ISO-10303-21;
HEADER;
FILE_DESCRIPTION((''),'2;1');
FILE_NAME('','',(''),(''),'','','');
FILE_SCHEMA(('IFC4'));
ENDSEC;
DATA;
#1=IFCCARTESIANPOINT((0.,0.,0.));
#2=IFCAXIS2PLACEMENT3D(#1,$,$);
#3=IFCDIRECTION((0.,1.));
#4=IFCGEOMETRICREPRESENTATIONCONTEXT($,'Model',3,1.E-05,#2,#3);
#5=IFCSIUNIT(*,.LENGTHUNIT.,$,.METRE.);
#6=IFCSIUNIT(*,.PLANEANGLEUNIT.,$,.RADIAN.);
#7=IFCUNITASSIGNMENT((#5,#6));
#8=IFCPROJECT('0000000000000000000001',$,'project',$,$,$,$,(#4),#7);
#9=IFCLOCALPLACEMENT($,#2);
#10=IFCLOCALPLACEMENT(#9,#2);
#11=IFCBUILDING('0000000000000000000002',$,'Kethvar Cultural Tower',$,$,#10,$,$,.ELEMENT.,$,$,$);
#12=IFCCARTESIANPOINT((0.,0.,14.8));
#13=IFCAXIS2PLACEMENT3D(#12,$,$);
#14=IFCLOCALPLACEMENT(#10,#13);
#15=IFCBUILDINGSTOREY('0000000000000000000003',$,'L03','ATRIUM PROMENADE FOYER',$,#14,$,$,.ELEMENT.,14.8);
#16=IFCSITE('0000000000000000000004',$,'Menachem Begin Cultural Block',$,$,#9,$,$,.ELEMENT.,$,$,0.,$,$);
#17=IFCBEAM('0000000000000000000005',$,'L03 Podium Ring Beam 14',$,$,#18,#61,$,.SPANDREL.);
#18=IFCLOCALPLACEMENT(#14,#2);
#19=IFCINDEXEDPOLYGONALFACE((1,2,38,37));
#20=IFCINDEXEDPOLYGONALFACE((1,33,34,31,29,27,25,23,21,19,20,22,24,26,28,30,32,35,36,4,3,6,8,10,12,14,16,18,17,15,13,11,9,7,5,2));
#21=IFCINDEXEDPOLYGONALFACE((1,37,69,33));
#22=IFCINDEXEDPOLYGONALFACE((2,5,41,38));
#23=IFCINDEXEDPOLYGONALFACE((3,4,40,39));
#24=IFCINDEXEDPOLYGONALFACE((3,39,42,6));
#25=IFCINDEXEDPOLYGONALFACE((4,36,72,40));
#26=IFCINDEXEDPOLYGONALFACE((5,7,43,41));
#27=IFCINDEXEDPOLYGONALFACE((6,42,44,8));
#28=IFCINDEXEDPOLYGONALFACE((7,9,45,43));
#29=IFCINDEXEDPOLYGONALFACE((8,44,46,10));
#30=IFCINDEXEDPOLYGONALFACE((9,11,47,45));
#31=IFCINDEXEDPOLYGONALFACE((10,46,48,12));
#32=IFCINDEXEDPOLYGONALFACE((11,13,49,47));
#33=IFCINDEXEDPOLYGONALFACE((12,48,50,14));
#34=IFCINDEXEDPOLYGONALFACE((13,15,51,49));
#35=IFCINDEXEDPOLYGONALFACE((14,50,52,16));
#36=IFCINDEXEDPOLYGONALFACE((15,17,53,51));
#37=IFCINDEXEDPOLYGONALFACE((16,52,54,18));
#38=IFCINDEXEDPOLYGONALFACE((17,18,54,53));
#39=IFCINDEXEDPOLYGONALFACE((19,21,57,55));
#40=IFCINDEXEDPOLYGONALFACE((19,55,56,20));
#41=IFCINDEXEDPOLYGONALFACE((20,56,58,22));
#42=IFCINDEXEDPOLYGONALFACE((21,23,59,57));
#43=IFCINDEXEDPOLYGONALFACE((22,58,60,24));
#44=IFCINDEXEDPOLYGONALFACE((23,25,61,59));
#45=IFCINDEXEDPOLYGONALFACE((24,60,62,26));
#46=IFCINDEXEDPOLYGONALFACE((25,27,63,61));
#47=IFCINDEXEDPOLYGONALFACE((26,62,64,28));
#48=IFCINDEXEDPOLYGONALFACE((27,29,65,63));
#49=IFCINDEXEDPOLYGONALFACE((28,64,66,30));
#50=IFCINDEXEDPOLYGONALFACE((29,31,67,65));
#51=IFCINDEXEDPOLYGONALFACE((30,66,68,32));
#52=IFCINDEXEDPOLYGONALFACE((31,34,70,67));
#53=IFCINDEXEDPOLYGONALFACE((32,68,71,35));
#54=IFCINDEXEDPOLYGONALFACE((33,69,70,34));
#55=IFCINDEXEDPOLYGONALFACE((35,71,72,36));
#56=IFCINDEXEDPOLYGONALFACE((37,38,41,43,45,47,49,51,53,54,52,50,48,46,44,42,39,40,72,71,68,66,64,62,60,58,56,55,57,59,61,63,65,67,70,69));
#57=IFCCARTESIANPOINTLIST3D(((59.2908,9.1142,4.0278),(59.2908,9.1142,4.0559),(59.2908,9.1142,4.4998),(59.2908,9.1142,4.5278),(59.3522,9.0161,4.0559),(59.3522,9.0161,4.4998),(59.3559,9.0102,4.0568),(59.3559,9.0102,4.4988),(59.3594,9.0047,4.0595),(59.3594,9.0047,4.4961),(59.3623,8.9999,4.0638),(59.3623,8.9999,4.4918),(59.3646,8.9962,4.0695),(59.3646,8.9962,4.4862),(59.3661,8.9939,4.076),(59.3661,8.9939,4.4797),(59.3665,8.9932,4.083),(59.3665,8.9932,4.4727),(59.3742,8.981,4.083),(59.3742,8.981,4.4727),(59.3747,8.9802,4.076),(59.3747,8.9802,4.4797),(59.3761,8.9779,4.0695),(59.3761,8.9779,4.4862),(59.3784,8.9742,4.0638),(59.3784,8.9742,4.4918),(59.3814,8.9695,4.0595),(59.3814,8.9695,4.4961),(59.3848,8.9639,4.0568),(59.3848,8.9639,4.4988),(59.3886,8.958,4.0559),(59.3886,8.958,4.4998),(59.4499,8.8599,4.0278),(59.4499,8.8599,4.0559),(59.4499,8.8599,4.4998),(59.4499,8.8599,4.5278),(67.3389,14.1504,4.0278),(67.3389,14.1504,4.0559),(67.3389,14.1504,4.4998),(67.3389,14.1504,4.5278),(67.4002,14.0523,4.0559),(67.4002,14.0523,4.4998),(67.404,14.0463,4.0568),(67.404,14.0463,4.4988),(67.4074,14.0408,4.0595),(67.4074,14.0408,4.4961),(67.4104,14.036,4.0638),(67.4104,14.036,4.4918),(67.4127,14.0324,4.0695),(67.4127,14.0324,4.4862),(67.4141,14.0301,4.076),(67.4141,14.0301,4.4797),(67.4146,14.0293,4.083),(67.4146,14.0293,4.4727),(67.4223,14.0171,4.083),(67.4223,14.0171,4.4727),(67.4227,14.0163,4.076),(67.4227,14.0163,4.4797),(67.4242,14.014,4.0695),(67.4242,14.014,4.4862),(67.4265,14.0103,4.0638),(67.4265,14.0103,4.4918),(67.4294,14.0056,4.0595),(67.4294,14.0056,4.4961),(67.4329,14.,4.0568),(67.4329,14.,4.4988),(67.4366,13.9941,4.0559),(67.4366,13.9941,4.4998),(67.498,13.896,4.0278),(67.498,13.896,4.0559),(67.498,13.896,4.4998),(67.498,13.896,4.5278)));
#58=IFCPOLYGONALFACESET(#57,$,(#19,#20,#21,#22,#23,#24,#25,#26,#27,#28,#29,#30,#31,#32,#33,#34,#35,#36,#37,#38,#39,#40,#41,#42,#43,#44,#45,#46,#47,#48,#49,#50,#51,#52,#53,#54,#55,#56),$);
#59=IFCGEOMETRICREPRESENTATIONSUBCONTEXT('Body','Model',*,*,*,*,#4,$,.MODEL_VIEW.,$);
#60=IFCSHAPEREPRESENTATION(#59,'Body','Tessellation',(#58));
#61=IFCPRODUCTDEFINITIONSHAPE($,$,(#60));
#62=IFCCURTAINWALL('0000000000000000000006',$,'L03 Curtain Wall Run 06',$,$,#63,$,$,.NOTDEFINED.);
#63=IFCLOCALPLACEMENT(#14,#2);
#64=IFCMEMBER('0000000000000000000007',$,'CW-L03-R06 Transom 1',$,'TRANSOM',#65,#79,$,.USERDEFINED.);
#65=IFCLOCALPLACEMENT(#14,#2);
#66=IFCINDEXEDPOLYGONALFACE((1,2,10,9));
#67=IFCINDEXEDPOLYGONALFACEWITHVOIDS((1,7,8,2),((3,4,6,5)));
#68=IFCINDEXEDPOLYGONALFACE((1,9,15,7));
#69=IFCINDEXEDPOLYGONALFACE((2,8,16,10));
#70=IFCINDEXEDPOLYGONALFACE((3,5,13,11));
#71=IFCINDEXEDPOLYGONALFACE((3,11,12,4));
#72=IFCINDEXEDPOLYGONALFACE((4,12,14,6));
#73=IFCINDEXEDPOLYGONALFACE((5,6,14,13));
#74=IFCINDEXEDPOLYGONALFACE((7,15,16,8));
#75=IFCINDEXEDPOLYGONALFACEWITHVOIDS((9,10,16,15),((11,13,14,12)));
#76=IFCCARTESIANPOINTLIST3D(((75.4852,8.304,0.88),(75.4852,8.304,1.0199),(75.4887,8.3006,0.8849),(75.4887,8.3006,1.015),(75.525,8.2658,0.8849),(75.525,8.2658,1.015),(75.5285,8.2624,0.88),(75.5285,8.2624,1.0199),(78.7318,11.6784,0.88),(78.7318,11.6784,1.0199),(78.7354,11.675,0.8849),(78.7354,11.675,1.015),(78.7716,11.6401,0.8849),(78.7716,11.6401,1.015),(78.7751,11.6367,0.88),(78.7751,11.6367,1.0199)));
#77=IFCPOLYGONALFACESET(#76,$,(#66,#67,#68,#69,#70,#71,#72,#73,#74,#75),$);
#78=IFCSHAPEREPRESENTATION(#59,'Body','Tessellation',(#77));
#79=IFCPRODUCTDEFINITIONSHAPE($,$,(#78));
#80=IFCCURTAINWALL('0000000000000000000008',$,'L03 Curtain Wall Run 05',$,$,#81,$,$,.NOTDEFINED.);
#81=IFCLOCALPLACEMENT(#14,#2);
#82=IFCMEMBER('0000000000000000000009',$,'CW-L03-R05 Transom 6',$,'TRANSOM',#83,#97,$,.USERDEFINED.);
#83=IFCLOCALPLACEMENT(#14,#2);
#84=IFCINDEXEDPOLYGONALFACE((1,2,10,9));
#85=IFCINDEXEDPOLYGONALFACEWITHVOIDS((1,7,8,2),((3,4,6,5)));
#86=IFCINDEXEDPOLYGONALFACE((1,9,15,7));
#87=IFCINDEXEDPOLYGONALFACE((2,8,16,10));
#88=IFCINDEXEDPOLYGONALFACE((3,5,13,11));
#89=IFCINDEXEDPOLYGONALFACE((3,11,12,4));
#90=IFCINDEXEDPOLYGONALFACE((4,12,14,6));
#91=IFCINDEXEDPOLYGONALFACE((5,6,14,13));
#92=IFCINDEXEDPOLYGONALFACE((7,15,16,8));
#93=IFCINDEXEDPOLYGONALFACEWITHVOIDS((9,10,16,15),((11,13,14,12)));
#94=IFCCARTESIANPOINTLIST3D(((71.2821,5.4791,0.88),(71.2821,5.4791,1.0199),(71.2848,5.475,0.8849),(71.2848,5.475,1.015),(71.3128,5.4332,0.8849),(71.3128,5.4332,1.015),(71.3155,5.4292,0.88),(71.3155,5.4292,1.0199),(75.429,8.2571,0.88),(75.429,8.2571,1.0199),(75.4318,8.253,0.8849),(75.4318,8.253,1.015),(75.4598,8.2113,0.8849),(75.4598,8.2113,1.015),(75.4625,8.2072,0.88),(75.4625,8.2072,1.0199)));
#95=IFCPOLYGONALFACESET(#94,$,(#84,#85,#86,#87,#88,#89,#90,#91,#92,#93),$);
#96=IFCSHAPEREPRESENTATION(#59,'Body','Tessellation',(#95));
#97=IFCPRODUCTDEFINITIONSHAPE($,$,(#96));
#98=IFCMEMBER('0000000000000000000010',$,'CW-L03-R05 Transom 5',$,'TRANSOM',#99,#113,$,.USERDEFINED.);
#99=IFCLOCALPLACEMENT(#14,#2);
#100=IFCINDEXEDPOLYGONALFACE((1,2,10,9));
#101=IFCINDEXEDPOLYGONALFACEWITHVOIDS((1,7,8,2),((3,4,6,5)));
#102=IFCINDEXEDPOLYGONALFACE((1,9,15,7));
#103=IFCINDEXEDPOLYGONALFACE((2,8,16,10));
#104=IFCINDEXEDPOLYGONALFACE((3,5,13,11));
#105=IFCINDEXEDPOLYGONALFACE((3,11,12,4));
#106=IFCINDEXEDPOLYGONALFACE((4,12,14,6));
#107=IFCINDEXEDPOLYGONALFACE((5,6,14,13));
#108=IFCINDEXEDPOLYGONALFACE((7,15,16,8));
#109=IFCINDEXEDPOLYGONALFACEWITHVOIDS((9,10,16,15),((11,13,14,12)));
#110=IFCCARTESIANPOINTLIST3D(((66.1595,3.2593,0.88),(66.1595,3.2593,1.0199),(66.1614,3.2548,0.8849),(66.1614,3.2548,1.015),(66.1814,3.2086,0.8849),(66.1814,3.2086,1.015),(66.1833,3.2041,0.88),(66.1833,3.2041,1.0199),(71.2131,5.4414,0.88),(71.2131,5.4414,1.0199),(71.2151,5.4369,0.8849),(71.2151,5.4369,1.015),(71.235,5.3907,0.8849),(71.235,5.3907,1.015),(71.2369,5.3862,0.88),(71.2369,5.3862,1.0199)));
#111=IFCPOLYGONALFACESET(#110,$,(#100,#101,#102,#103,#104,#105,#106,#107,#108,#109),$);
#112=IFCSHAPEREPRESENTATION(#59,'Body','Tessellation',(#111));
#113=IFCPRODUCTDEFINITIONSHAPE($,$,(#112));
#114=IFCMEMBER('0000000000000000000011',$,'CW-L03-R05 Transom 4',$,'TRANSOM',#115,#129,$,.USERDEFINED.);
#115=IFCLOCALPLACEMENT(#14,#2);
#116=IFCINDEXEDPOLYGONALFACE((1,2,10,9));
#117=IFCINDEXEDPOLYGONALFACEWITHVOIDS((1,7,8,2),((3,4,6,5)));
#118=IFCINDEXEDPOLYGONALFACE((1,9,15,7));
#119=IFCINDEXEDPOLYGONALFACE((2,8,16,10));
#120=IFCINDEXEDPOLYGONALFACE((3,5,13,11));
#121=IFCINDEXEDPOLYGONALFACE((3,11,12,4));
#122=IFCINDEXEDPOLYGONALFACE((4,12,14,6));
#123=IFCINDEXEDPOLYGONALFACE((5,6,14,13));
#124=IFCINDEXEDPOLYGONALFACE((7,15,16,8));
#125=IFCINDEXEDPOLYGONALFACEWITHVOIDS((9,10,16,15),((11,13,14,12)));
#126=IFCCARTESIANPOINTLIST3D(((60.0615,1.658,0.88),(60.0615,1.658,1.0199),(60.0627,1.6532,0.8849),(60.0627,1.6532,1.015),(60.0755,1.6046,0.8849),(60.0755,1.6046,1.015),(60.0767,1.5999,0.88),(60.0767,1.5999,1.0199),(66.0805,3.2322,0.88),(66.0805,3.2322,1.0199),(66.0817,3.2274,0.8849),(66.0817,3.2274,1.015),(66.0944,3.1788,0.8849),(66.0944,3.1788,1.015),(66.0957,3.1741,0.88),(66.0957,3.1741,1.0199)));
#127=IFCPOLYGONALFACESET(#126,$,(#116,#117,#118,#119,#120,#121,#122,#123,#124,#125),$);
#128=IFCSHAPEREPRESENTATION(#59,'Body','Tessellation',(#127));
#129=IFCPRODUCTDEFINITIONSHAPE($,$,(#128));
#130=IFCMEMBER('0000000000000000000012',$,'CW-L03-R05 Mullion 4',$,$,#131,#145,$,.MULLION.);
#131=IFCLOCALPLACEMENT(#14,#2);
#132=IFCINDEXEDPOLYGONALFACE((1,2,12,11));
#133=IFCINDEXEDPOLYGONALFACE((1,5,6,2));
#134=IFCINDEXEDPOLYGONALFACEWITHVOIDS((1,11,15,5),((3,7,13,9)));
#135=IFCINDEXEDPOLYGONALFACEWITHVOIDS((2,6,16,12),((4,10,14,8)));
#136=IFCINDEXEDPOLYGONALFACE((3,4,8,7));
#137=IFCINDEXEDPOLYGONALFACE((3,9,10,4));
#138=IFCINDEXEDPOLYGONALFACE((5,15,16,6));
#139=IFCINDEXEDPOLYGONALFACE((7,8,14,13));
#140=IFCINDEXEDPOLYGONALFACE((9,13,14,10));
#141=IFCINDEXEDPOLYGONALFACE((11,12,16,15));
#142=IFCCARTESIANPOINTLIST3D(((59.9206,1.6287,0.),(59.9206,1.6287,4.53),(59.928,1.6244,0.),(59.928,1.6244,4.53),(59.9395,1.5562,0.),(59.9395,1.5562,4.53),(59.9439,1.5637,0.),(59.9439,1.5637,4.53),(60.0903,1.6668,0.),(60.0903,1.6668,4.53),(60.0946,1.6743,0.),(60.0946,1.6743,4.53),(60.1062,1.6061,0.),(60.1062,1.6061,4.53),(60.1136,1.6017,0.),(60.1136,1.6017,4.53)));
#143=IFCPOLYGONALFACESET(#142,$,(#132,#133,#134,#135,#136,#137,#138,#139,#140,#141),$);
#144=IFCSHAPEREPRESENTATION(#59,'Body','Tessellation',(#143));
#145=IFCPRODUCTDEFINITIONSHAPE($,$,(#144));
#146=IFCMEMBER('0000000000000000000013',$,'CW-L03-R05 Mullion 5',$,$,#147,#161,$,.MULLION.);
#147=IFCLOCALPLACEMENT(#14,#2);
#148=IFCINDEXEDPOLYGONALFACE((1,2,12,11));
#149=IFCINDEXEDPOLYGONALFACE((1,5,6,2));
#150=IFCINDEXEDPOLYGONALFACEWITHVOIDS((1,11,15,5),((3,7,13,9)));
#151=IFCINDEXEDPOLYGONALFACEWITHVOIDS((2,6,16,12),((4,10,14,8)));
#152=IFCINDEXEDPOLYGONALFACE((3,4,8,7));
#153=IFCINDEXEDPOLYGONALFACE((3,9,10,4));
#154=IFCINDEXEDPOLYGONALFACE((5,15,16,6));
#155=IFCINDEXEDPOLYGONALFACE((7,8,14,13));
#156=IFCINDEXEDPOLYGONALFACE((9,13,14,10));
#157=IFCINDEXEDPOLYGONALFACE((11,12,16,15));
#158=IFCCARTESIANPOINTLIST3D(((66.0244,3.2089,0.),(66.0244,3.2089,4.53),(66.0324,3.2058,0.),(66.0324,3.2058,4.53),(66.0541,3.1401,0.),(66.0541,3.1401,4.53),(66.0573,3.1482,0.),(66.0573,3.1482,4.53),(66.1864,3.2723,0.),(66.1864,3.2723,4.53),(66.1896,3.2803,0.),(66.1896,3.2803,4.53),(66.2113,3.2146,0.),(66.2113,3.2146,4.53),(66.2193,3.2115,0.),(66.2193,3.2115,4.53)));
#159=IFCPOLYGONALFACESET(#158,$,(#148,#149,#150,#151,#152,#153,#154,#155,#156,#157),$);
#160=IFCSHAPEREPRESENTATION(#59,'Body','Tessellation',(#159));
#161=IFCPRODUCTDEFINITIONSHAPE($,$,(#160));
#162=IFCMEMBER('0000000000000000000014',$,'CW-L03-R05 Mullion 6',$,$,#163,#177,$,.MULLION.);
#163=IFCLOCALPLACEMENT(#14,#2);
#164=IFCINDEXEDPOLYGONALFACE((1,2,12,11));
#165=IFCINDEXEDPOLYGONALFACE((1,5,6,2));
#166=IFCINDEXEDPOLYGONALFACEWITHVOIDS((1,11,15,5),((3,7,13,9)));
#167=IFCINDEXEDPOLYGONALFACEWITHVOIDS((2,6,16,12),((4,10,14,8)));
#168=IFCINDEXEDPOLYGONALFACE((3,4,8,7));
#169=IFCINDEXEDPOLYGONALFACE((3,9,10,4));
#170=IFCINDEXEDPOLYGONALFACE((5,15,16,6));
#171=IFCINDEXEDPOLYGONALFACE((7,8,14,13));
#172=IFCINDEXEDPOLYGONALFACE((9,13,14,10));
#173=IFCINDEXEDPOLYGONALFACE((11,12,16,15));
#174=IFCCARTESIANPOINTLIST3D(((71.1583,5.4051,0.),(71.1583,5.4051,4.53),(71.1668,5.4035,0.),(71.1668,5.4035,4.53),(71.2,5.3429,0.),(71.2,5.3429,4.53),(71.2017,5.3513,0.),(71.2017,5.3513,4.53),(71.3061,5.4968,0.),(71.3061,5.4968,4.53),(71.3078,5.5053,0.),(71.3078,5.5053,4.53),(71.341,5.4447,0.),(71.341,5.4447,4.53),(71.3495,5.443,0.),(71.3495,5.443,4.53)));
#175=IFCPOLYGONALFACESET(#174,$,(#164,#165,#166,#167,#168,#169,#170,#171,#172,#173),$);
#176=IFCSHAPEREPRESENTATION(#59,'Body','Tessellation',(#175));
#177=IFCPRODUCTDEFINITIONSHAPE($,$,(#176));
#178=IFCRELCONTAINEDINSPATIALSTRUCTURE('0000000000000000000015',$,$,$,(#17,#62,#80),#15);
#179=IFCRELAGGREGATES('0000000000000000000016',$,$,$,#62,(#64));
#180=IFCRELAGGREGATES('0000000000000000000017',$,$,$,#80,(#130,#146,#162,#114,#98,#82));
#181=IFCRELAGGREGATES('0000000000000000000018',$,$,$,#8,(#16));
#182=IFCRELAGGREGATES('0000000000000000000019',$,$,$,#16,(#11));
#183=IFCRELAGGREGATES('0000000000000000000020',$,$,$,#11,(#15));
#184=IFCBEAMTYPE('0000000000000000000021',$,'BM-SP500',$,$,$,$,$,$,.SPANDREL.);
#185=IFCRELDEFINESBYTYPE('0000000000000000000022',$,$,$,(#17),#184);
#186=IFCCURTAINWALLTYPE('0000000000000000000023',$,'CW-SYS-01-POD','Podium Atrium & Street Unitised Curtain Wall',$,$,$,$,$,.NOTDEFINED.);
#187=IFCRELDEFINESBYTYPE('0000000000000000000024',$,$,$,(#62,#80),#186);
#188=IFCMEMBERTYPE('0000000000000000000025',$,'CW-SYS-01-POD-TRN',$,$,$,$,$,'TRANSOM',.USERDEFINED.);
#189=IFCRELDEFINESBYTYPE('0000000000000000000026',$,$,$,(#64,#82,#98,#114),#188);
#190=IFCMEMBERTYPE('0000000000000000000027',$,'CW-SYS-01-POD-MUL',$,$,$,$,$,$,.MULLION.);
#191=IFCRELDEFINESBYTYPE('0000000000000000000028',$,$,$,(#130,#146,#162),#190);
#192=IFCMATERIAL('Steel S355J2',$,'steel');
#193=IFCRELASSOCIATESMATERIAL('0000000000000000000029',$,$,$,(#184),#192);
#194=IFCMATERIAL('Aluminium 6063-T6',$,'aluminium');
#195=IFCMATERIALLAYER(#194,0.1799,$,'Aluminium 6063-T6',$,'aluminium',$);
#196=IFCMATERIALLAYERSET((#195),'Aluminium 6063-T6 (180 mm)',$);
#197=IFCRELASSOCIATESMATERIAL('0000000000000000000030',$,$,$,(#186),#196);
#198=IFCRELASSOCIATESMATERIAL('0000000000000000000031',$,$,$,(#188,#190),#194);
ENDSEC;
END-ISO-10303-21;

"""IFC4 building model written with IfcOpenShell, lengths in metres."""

from ifc_helpers import new_model, si_unit, direction, frame, origin, origin_2d, place, context, subcontext, project, spatial, hollow_rectangle, i_section, extrude, source, transform, mapped, material, layer, layer_set, material_profile, profile_set, type_object, element, aggregate, save


model = new_model("IFC4")

# Units and contexts
model_context = context("Model", 3, precision=1e-05, world=origin(), true_north=direction((0.0, 1.0)))
body_context = subcontext(model_context, "Body", "Model", "MODEL_VIEW")
ifc_project = project(units=[si_unit("LENGTHUNIT", "METRE"), si_unit("PLANEANGLEUNIT", "RADIAN")], contexts=[model_context])

# Site, building, storey
site_placement = place(None, origin())
site = spatial("IfcSite", under=ifc_project, at=site_placement, Name="Menachem Begin Cultural Block", CompositionType="ELEMENT", RefElevation=0.0)
building_placement = place(site_placement, origin())
building = spatial("IfcBuilding", under=site, at=building_placement, Name="Kethvar Cultural Tower", CompositionType="ELEMENT")
storey_placement = place(building_placement, frame((0.0, 0.0, 14.8)))
storey = spatial("IfcBuildingStorey", under=building, at=storey_placement, Name="L03", Description="ATRIUM PROMENADE FOYER", CompositionType="ELEMENT", Elevation=14.8)

# Beam
ifc_material_1 = material(Name="Steel S355J2", Category="steel")
ifc_material_profile_1 = material_profile(ifc_material_1, i_section(OverallWidth=0.3, OverallDepth=0.5, WebThickness=0.0144, FlangeThickness=0.0281, FilletRadius=0.0271, at=origin_2d()), Name="Steel S355J2 — HEB500")
ifc_profile_set_1 = profile_set([ifc_material_profile_1], Name="Steel S355J2 — HEB500")
beam_type = type_object("IfcBeamType", Name="BM-SP500", PredefinedType="SPANDREL", material=ifc_profile_set_1)
shared_shape_1 = source(origin(), body_context, "Body", "SweptSolid", [
    extrude(i_section(OverallWidth=0.3, OverallDepth=0.5, WebThickness=0.0144, FlangeThickness=0.0281, FilletRadius=0.0271, at=origin_2d()), origin(), (0.0, 0.0, 1.0), 9.4939),
])
beam_placement = place(storey_placement, frame((59.3704, 8.9871, 4.2778), z_axis=(0.847711, 0.530459, 0.0), x_axis=(-0.530459, 0.847711, 0.0)))
element("IfcBeam", 1, at=beam_placement, inside=storey, type_object=beam_type, Name="L03 Podium Ring Beam 14", PredefinedType="SPANDREL", context=body_context, shape_type="MappedRepresentation", body=[
    mapped(shared_shape_1, transform((0.0, 0.0, 0.0), scale=1.0)),
])

# Curtain wall, member
ifc_material_2 = material(Name="Aluminium 6063-T6", Category="aluminium")
ifc_layer_1 = layer(ifc_material_2, 0.1799, Name="Aluminium 6063-T6", Category="aluminium")
ifc_layer_set_1 = layer_set([ifc_layer_1], Name="Aluminium 6063-T6 (180 mm)")
curtain_wall_type = type_object("IfcCurtainWallType", Name="CW-SYS-01-POD", Description="Podium Atrium & Street Unitised Curtain Wall", PredefinedType="NOTDEFINED", material=ifc_layer_set_1)
curtain_wall_1_placement = place(storey_placement, origin())
curtain_wall_1 = element("IfcCurtainWall", 2, at=curtain_wall_1_placement, inside=storey, type_object=curtain_wall_type, Name="L03 Curtain Wall Run 06", PredefinedType="NOTDEFINED")
ifc_material_profile_2 = material_profile(ifc_material_2, hollow_rectangle(XDim=0.0601, YDim=0.1399, WallThickness=0.0049, at=origin_2d()), Name="Aluminium 6063-T6 — RHS140x60x5")
ifc_profile_set_2 = profile_set([ifc_material_profile_2], Name="Aluminium 6063-T6 — RHS140x60x5")
member_type_1 = type_object("IfcMemberType", Name="CW-SYS-01-POD-TRN", ElementType="TRANSOM", PredefinedType="USERDEFINED", material=ifc_profile_set_2)
shared_shape_2 = source(origin(), body_context, "Body", "SweptSolid", [
    extrude(hollow_rectangle(XDim=0.0601, YDim=0.1399, WallThickness=0.0049, at=origin_2d()), origin(), (0.0, 0.0, 1.0), 4.6826),
])
member_1_placement = place(storey_placement, frame((75.5068, 8.2832, 0.95), z_axis=(0.693341, 0.72061, 0.0), x_axis=(-0.72061, 0.693341, 0.0)))
member_1 = element("IfcMember", 3, at=member_1_placement, type_object=member_type_1, Name="CW-L03-R06 Transom 1", ObjectType="TRANSOM", PredefinedType="USERDEFINED", context=body_context, shape_type="MappedRepresentation", body=[
    mapped(shared_shape_2, transform((0.0, 0.0, 0.0), scale=1.0)),
])

# Curtain wall, members
curtain_wall_2_placement = place(storey_placement, origin())
curtain_wall_2 = element("IfcCurtainWall", 4, at=curtain_wall_2_placement, inside=storey, type_object=curtain_wall_type, Name="L03 Curtain Wall Run 05", PredefinedType="NOTDEFINED")
shared_shape_3 = source(origin(), body_context, "Body", "SweptSolid", [
    extrude(hollow_rectangle(XDim=0.0601, YDim=0.1399, WallThickness=0.0049, at=origin_2d()), origin(), (0.0, 0.0, 1.0), 4.9915),
])
member_2_placement = place(storey_placement, frame((71.2988, 5.4541, 0.95), z_axis=(0.830807, 0.556561, 0.0), x_axis=(-0.556561, 0.830807, 0.0)))
member_2 = element("IfcMember", 5, at=member_2_placement, type_object=member_type_1, Name="CW-L03-R05 Transom 6", ObjectType="TRANSOM", PredefinedType="USERDEFINED", context=body_context, shape_type="MappedRepresentation", body=[
    mapped(shared_shape_3, transform((0.0, 0.0, 0.0), scale=1.0)),
])
shared_shape_4 = source(origin(), body_context, "Body", "SweptSolid", [
    extrude(hollow_rectangle(XDim=0.0601, YDim=0.1399, WallThickness=0.0049, at=origin_2d()), origin(), (0.0, 0.0, 1.0), 5.5046),
])
member_3_placement = place(storey_placement, frame((66.1714, 3.2317, 0.95), z_axis=(0.918073, 0.396412, 0.0), x_axis=(-0.396412, 0.918073, 0.0)))
member_3 = element("IfcMember", 6, at=member_3_placement, type_object=member_type_1, Name="CW-L03-R05 Transom 5", ObjectType="TRANSOM", PredefinedType="USERDEFINED", context=body_context, shape_type="MappedRepresentation", body=[
    mapped(shared_shape_4, transform((0.0, 0.0, 0.0), scale=1.0)),
])
shared_shape_5 = source(origin(), body_context, "Body", "SweptSolid", [
    extrude(hollow_rectangle(XDim=0.0601, YDim=0.1399, WallThickness=0.0049, at=origin_2d()), origin(), (0.0, 0.0, 1.0), 6.2214),
])
member_4_placement = place(storey_placement, frame((60.0691, 1.6289, 0.95), z_axis=(0.967459, 0.253029, 0.0), x_axis=(-0.253029, 0.967459, 0.0)))
member_4 = element("IfcMember", 7, at=member_4_placement, type_object=member_type_1, Name="CW-L03-R05 Transom 4", ObjectType="TRANSOM", PredefinedType="USERDEFINED", context=body_context, shape_type="MappedRepresentation", body=[
    mapped(shared_shape_5, transform((0.0, 0.0, 0.0), scale=1.0)),
])
ifc_material_profile_3 = material_profile(ifc_material_2, hollow_rectangle(XDim=0.075, YDim=0.1799, WallThickness=0.0061, at=origin_2d()), Name="Aluminium 6063-T6 — RHS180x75x6")
ifc_profile_set_3 = profile_set([ifc_material_profile_3], Name="Aluminium 6063-T6 — RHS180x75x6")
member_type_2 = type_object("IfcMemberType", Name="CW-SYS-01-POD-MUL", PredefinedType="MULLION", material=ifc_profile_set_3)
shared_shape_6 = source(origin(), body_context, "Body", "SweptSolid", [
    extrude(hollow_rectangle(XDim=0.075, YDim=0.1799, WallThickness=0.0061, at=origin_2d()), origin(), (0.0, 0.0, 1.0), 4.53),
])
member_5_placement = place(storey_placement, frame((60.0171, 1.6152, 0.0), z_axis=(0.0, 0.0, 1.0), x_axis=(-0.253032, 0.967458, 0.0)))
member_5 = element("IfcMember", 8, at=member_5_placement, type_object=member_type_2, Name="CW-L03-R05 Mullion 4", PredefinedType="MULLION", context=body_context, shape_type="MappedRepresentation", body=[
    mapped(shared_shape_6, transform((0.0, 0.0, 0.0), scale=1.0)),
])
member_6_placement = place(storey_placement, frame((66.1218, 3.2102, 0.0), z_axis=(0.0, 0.0, 1.0), x_axis=(-0.396411, 0.918073, 0.0)))
member_6 = element("IfcMember", 9, at=member_6_placement, type_object=member_type_2, Name="CW-L03-R05 Mullion 5", PredefinedType="MULLION", context=body_context, shape_type="MappedRepresentation", body=[
    mapped(shared_shape_6, transform((0.0, 0.0, 0.0), scale=1.0)),
])
member_7_placement = place(storey_placement, frame((71.2539, 5.4241, 0.0), z_axis=(0.0, 0.0, 1.0), x_axis=(-0.556557, 0.83081, 0.0)))
member_7 = element("IfcMember", 10, at=member_7_placement, type_object=member_type_2, Name="CW-L03-R05 Mullion 6", PredefinedType="MULLION", context=body_context, shape_type="MappedRepresentation", body=[
    mapped(shared_shape_6, transform((0.0, 0.0, 0.0), scale=1.0)),
])

aggregate(curtain_wall_1, [member_1])
aggregate(curtain_wall_2, [member_5, member_6, member_7, member_4, member_3, member_2])

save(model, "model.ifc")
